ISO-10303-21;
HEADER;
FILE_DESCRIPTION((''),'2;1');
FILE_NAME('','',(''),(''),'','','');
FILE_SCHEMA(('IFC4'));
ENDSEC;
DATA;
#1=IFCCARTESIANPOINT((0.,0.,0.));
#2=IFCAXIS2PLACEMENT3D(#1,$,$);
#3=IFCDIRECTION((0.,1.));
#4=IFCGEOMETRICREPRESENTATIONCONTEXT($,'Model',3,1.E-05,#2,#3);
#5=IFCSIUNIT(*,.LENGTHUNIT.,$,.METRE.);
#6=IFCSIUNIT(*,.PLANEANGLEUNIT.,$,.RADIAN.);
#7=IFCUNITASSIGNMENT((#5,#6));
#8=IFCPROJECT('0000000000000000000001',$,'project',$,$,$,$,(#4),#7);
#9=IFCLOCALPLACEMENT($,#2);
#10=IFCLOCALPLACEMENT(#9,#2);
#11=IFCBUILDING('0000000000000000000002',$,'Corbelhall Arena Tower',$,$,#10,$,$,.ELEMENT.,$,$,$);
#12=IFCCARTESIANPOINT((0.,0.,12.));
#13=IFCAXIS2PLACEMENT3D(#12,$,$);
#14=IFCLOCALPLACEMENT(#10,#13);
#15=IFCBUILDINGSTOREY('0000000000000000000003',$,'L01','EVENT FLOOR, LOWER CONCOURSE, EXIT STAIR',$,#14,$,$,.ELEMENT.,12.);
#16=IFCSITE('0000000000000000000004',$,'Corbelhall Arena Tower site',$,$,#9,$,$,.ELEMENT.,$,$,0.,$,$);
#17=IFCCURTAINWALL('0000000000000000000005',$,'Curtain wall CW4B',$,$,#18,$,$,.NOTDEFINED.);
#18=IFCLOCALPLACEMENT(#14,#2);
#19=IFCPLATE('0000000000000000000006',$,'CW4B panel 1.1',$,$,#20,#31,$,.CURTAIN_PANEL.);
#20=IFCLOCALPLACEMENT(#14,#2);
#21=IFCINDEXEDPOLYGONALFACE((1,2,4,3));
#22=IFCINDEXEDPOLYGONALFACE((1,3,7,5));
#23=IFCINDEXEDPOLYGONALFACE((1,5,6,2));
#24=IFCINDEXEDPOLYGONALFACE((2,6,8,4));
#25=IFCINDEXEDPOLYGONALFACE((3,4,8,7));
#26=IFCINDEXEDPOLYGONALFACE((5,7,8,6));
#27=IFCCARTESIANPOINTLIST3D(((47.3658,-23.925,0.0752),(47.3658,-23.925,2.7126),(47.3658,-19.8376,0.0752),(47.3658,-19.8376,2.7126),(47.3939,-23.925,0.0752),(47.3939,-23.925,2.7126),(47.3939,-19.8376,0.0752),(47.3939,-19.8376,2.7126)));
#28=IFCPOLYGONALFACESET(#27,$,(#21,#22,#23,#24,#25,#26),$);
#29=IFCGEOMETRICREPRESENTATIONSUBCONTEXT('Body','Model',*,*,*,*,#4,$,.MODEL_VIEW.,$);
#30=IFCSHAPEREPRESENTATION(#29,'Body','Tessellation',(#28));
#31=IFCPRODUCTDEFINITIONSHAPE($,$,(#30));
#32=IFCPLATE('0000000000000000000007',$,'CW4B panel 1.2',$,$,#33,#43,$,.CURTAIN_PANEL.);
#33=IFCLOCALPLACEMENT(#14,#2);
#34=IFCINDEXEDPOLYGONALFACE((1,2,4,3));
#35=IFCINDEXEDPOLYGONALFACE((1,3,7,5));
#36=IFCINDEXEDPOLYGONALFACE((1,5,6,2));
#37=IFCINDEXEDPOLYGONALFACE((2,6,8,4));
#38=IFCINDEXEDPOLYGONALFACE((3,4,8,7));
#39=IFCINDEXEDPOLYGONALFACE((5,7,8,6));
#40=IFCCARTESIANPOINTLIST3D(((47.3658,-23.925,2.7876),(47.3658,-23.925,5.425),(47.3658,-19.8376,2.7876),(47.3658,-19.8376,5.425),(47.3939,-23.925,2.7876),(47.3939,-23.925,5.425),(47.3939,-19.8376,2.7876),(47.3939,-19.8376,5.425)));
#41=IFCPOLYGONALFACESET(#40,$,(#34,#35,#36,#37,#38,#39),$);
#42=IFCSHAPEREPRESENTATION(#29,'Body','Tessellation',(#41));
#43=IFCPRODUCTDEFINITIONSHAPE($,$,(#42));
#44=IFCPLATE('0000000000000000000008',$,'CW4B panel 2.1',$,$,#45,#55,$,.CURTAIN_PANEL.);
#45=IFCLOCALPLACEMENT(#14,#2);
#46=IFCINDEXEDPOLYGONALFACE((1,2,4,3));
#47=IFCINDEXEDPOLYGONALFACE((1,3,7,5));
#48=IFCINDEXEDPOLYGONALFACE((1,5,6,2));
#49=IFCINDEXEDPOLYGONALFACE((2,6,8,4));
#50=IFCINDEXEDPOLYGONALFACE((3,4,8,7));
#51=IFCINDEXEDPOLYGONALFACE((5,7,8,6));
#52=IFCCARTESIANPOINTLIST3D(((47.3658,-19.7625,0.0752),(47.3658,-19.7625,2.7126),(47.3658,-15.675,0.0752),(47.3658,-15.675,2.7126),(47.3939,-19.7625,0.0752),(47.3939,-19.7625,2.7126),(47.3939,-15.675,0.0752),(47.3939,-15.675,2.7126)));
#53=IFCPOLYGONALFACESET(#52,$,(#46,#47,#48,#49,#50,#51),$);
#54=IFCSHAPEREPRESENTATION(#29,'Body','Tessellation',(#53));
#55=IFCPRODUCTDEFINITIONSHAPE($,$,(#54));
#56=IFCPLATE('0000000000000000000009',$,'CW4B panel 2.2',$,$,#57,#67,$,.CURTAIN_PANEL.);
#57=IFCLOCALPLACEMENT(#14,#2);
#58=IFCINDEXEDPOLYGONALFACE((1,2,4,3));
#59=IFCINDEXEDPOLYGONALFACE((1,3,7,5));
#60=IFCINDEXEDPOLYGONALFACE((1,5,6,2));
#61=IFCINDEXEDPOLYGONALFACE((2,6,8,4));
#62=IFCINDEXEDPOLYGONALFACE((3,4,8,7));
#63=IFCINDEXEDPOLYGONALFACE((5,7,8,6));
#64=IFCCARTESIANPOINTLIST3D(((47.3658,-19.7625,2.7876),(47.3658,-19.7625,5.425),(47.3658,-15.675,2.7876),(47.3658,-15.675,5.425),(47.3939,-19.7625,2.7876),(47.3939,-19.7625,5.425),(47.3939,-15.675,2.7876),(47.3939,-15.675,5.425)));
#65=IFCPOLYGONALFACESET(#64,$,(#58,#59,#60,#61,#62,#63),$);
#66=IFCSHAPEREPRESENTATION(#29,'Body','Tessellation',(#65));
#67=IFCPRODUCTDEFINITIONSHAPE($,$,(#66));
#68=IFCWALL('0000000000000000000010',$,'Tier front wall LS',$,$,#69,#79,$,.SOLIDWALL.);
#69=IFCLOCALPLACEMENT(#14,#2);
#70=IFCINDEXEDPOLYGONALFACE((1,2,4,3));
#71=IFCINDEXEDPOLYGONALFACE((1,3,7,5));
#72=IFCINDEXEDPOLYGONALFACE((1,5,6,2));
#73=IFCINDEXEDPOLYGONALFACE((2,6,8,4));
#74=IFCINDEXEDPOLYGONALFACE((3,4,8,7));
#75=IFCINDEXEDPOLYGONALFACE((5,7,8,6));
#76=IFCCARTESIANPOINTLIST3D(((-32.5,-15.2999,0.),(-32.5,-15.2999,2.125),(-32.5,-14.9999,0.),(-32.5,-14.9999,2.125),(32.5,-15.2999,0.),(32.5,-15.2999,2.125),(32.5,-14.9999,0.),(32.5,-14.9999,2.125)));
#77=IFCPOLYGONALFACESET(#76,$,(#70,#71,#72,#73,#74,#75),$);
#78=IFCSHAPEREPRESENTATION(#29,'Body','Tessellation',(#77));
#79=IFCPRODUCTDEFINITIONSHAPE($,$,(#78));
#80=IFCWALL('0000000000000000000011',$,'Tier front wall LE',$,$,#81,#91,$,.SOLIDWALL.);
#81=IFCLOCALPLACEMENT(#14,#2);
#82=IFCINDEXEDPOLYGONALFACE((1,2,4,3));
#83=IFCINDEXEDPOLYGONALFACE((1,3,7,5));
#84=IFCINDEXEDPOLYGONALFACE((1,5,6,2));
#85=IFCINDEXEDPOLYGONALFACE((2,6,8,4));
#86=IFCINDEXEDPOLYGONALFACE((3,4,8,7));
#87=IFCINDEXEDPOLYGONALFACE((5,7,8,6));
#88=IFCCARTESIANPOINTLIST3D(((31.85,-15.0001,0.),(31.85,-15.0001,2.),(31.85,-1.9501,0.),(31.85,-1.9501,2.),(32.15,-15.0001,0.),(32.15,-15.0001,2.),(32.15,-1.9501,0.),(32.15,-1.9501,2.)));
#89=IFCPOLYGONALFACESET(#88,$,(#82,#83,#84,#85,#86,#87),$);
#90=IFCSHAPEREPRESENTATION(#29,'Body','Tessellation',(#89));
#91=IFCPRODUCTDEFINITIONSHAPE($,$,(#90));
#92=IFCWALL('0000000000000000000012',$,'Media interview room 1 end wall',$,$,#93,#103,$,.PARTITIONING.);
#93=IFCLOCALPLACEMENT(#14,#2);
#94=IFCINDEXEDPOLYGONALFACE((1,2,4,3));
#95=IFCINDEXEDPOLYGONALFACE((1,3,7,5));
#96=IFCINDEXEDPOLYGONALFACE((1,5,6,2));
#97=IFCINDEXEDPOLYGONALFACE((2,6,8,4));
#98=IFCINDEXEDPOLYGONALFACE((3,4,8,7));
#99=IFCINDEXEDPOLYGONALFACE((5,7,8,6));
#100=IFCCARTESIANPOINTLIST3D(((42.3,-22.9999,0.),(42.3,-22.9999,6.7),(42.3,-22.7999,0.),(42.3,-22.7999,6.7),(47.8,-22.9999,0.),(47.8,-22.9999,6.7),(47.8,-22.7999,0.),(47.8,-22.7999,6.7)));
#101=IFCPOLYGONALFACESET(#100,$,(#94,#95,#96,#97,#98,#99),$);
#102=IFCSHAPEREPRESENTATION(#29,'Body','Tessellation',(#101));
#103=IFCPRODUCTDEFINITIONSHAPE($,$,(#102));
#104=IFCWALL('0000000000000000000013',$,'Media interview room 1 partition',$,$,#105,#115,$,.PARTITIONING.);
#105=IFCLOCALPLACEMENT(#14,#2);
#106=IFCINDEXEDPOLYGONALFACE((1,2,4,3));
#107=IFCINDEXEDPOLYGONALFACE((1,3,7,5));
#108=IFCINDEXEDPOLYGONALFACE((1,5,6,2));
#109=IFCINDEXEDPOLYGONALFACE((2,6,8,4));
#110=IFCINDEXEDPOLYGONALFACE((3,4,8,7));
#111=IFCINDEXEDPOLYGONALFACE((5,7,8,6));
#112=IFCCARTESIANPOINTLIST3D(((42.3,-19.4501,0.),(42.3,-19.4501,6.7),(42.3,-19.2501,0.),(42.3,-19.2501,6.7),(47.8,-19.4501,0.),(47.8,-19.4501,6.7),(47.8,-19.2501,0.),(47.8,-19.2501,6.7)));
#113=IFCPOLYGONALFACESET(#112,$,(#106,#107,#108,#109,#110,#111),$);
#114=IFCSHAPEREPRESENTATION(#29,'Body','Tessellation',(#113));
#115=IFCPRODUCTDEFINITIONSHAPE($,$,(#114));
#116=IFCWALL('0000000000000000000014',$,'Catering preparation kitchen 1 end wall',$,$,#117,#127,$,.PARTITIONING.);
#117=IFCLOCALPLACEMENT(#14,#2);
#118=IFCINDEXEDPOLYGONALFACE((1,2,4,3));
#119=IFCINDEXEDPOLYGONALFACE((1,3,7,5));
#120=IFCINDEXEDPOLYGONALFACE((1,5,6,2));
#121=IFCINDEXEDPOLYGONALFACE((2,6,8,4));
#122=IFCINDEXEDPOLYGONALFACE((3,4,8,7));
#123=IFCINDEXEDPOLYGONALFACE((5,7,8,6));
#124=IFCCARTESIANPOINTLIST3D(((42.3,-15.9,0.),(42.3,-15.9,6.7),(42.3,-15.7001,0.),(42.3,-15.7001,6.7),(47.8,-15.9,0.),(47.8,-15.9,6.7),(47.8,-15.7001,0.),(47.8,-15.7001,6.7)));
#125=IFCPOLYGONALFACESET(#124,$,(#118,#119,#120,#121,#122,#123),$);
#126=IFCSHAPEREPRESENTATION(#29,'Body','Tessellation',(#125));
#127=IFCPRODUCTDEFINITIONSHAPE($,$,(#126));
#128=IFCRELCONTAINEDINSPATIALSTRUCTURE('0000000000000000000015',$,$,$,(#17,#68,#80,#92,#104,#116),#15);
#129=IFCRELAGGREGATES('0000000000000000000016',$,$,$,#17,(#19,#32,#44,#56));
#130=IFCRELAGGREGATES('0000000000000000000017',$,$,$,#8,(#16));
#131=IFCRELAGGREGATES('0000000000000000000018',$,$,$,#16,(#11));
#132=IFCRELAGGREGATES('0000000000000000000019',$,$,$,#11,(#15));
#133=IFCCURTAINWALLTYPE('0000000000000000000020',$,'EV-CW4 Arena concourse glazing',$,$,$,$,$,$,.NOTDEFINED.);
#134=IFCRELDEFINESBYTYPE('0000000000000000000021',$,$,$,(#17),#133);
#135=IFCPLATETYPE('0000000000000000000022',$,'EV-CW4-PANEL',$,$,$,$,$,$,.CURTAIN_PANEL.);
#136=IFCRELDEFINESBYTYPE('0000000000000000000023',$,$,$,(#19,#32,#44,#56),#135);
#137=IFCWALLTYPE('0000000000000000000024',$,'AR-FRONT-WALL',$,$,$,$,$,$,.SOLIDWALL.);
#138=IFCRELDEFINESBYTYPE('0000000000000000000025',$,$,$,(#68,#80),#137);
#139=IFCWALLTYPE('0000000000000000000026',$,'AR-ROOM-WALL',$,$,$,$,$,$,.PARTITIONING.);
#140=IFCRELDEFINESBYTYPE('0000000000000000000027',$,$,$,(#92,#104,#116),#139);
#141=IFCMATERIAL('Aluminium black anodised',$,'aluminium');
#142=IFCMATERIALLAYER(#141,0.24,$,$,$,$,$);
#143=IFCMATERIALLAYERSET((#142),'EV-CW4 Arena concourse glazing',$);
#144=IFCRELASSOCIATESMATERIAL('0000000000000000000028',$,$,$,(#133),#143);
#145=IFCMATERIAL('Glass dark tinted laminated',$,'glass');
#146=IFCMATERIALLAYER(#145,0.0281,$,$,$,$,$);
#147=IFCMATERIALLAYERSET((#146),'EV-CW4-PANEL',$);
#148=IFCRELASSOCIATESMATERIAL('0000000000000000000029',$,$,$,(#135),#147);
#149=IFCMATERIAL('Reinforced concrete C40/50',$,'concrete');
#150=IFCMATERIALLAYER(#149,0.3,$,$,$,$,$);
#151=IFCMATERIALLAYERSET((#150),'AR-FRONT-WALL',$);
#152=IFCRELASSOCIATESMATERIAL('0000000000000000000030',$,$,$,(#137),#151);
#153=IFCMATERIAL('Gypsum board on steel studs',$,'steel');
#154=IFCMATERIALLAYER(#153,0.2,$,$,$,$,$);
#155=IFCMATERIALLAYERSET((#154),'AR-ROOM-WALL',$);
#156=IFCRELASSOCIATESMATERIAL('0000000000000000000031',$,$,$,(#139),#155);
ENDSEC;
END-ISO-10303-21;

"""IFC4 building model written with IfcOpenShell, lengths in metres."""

from ifc_helpers import new_model, si_unit, direction, frame, frame_2d, origin, origin_2d, place, context, subcontext, project, spatial, rectangle, extrude, material, layer, layer_set, type_object, element, aggregate, save


model = new_model("IFC4")

# Units and contexts
model_context = context("Model", 3, precision=1e-05, world=origin(), true_north=direction((0.0, 1.0)))
body_context = subcontext(model_context, "Body", "Model", "MODEL_VIEW")
ifc_project = project(units=[si_unit("LENGTHUNIT", "METRE"), si_unit("PLANEANGLEUNIT", "RADIAN")], contexts=[model_context])

# Site, building, storey
site_placement = place(None, origin())
site = spatial("IfcSite", under=ifc_project, at=site_placement, Name="Corbelhall Arena Tower site", CompositionType="ELEMENT", RefElevation=0.0)
building_placement = place(site_placement, origin())
building = spatial("IfcBuilding", under=site, at=building_placement, Name="Corbelhall Arena Tower", CompositionType="ELEMENT")
storey_placement = place(building_placement, frame((0.0, 0.0, 12.0)))
storey = spatial("IfcBuildingStorey", under=building, at=storey_placement, Name="L01", Description="EVENT FLOOR, LOWER CONCOURSE, EXIT STAIR", CompositionType="ELEMENT", Elevation=12.0)

# Curtain wall
ifc_material_1 = material(Name="Aluminium black anodised", Category="aluminium")
ifc_layer_1 = layer(ifc_material_1, 0.24)
ifc_layer_set_1 = layer_set([ifc_layer_1], Name="EV-CW4 Arena concourse glazing")
curtain_wall_type = type_object("IfcCurtainWallType", Name="EV-CW4 Arena concourse glazing", PredefinedType="NOTDEFINED", material=ifc_layer_set_1)
curtain_wall_1_placement = place(storey_placement, origin())
curtain_wall_1 = element("IfcCurtainWall", 1, at=curtain_wall_1_placement, inside=storey, type_object=curtain_wall_type, Name="Curtain wall CW4B", PredefinedType="NOTDEFINED")

# Plates
ifc_material_2 = material(Name="Glass dark tinted laminated", Category="glass")
ifc_layer_2 = layer(ifc_material_2, 0.0281)
ifc_layer_set_2 = layer_set([ifc_layer_2], Name="EV-CW4-PANEL")
plate_type = type_object("IfcPlateType", Name="EV-CW4-PANEL", PredefinedType="CURTAIN_PANEL", material=ifc_layer_set_2)
plate_1_placement = place(storey_placement, frame((47.3799, -21.8813, 0.0752), z_axis=(0.0, 0.0, 1.0), x_axis=(0.0, 1.0, 0.0)))
plate_1 = element("IfcPlate", 2, at=plate_1_placement, type_object=plate_type, Name="CW4B panel 1.1", PredefinedType="CURTAIN_PANEL", context=body_context, shape_type="SweptSolid", body=[
    extrude(rectangle(XDim=4.0874, YDim=0.0281, at=origin_2d()), origin(), (0.0, 0.0, 1.0), 2.6375),
])
plate_2_placement = place(storey_placement, frame((47.3799, -21.8813, 2.7876), z_axis=(0.0, 0.0, 1.0), x_axis=(0.0, 1.0, 0.0)))
plate_2 = element("IfcPlate", 3, at=plate_2_placement, type_object=plate_type, Name="CW4B panel 1.2", PredefinedType="CURTAIN_PANEL", context=body_context, shape_type="SweptSolid", body=[
    extrude(rectangle(XDim=4.0874, YDim=0.0281, at=origin_2d()), origin(), (0.0, 0.0, 1.0), 2.6375),
])
plate_3_placement = place(storey_placement, frame((47.3799, -17.7188, 0.0752), z_axis=(0.0, 0.0, 1.0), x_axis=(0.0, 1.0, 0.0)))
plate_3 = element("IfcPlate", 4, at=plate_3_placement, type_object=plate_type, Name="CW4B panel 2.1", PredefinedType="CURTAIN_PANEL", context=body_context, shape_type="SweptSolid", body=[
    extrude(rectangle(XDim=4.0874, YDim=0.0281, at=origin_2d()), origin(), (0.0, 0.0, 1.0), 2.6375),
])
plate_4_placement = place(storey_placement, frame((47.3799, -17.7188, 2.7876), z_axis=(0.0, 0.0, 1.0), x_axis=(0.0, 1.0, 0.0)))
plate_4 = element("IfcPlate", 5, at=plate_4_placement, type_object=plate_type, Name="CW4B panel 2.2", PredefinedType="CURTAIN_PANEL", context=body_context, shape_type="SweptSolid", body=[
    extrude(rectangle(XDim=4.0874, YDim=0.0281, at=origin_2d()), origin(), (0.0, 0.0, 1.0), 2.6375),
])
aggregate(curtain_wall_1, [plate_1, plate_2, plate_3, plate_4])

# Walls
ifc_material_3 = material(Name="Reinforced concrete C40/50", Category="concrete")
ifc_layer_3 = layer(ifc_material_3, 0.3)
ifc_layer_set_3 = layer_set([ifc_layer_3], Name="AR-FRONT-WALL")
wall_type_1 = type_object("IfcWallType", Name="AR-FRONT-WALL", PredefinedType="SOLIDWALL", material=ifc_layer_set_3)
wall_1_placement = place(storey_placement, frame((32.5, -15.1499, 0.0), z_axis=(0.0, 0.0, 1.0), x_axis=(-1.0, 0.0, 0.0)))
element("IfcWall", 6, at=wall_1_placement, inside=storey, type_object=wall_type_1, Name="Tier front wall LS", PredefinedType="SOLIDWALL", context=body_context, shape_type="SweptSolid", body=[
    extrude(rectangle(XDim=65.0, YDim=0.3, at=frame_2d((32.5, 0.0))), origin(), (0.0, 0.0, 1.0), 2.125),
])
wall_2_placement = place(storey_placement, frame((32.0, -15.0, 0.0), z_axis=(0.0, 0.0, 1.0), x_axis=(0.0, 1.0, 0.0)))
element("IfcWall", 7, at=wall_2_placement, inside=storey, type_object=wall_type_1, Name="Tier front wall LE", PredefinedType="SOLIDWALL", context=body_context, shape_type="SweptSolid", body=[
    extrude(rectangle(XDim=13.05, YDim=0.3, at=frame_2d((6.5249, 0.0))), origin(), (0.0, 0.0, 1.0), 2.0),
])
ifc_material_4 = material(Name="Gypsum board on steel studs", Category="steel")
ifc_layer_4 = layer(ifc_material_4, 0.2)
ifc_layer_set_4 = layer_set([ifc_layer_4], Name="AR-ROOM-WALL")
wall_type_2 = type_object("IfcWallType", Name="AR-ROOM-WALL", PredefinedType="PARTITIONING", material=ifc_layer_set_4)
for number, where, z_axis, x_axis, name in (
    (8, (42.3, -22.8999, 0.0), (0.0, 0.0, 1.0), (1.0, 0.0, 0.0), "Media interview room 1 end wall"),
    (9, (42.3, -19.3501, 0.0), (0.0, 0.0, 1.0), (1.0, 0.0, 0.0), "Media interview room 1 partition"),
    (10, (42.3, -15.8, 0.0), (0.0, 0.0, 1.0), (1.0, 0.0, 0.0), "Catering preparation kitchen 1 end wall"),
):
    element("IfcWall", number, at=place(storey_placement, frame(where, z_axis=z_axis, x_axis=x_axis)), inside=storey, type_object=wall_type_2, Name=name, PredefinedType="PARTITIONING", context=body_context, shape_type="SweptSolid", body=[
        extrude(rectangle(XDim=5.5, YDim=0.2, at=frame_2d((2.75, 0.0))), origin(), (0.0, 0.0, 1.0), 6.7),
    ])

save(model, "model.ifc")
